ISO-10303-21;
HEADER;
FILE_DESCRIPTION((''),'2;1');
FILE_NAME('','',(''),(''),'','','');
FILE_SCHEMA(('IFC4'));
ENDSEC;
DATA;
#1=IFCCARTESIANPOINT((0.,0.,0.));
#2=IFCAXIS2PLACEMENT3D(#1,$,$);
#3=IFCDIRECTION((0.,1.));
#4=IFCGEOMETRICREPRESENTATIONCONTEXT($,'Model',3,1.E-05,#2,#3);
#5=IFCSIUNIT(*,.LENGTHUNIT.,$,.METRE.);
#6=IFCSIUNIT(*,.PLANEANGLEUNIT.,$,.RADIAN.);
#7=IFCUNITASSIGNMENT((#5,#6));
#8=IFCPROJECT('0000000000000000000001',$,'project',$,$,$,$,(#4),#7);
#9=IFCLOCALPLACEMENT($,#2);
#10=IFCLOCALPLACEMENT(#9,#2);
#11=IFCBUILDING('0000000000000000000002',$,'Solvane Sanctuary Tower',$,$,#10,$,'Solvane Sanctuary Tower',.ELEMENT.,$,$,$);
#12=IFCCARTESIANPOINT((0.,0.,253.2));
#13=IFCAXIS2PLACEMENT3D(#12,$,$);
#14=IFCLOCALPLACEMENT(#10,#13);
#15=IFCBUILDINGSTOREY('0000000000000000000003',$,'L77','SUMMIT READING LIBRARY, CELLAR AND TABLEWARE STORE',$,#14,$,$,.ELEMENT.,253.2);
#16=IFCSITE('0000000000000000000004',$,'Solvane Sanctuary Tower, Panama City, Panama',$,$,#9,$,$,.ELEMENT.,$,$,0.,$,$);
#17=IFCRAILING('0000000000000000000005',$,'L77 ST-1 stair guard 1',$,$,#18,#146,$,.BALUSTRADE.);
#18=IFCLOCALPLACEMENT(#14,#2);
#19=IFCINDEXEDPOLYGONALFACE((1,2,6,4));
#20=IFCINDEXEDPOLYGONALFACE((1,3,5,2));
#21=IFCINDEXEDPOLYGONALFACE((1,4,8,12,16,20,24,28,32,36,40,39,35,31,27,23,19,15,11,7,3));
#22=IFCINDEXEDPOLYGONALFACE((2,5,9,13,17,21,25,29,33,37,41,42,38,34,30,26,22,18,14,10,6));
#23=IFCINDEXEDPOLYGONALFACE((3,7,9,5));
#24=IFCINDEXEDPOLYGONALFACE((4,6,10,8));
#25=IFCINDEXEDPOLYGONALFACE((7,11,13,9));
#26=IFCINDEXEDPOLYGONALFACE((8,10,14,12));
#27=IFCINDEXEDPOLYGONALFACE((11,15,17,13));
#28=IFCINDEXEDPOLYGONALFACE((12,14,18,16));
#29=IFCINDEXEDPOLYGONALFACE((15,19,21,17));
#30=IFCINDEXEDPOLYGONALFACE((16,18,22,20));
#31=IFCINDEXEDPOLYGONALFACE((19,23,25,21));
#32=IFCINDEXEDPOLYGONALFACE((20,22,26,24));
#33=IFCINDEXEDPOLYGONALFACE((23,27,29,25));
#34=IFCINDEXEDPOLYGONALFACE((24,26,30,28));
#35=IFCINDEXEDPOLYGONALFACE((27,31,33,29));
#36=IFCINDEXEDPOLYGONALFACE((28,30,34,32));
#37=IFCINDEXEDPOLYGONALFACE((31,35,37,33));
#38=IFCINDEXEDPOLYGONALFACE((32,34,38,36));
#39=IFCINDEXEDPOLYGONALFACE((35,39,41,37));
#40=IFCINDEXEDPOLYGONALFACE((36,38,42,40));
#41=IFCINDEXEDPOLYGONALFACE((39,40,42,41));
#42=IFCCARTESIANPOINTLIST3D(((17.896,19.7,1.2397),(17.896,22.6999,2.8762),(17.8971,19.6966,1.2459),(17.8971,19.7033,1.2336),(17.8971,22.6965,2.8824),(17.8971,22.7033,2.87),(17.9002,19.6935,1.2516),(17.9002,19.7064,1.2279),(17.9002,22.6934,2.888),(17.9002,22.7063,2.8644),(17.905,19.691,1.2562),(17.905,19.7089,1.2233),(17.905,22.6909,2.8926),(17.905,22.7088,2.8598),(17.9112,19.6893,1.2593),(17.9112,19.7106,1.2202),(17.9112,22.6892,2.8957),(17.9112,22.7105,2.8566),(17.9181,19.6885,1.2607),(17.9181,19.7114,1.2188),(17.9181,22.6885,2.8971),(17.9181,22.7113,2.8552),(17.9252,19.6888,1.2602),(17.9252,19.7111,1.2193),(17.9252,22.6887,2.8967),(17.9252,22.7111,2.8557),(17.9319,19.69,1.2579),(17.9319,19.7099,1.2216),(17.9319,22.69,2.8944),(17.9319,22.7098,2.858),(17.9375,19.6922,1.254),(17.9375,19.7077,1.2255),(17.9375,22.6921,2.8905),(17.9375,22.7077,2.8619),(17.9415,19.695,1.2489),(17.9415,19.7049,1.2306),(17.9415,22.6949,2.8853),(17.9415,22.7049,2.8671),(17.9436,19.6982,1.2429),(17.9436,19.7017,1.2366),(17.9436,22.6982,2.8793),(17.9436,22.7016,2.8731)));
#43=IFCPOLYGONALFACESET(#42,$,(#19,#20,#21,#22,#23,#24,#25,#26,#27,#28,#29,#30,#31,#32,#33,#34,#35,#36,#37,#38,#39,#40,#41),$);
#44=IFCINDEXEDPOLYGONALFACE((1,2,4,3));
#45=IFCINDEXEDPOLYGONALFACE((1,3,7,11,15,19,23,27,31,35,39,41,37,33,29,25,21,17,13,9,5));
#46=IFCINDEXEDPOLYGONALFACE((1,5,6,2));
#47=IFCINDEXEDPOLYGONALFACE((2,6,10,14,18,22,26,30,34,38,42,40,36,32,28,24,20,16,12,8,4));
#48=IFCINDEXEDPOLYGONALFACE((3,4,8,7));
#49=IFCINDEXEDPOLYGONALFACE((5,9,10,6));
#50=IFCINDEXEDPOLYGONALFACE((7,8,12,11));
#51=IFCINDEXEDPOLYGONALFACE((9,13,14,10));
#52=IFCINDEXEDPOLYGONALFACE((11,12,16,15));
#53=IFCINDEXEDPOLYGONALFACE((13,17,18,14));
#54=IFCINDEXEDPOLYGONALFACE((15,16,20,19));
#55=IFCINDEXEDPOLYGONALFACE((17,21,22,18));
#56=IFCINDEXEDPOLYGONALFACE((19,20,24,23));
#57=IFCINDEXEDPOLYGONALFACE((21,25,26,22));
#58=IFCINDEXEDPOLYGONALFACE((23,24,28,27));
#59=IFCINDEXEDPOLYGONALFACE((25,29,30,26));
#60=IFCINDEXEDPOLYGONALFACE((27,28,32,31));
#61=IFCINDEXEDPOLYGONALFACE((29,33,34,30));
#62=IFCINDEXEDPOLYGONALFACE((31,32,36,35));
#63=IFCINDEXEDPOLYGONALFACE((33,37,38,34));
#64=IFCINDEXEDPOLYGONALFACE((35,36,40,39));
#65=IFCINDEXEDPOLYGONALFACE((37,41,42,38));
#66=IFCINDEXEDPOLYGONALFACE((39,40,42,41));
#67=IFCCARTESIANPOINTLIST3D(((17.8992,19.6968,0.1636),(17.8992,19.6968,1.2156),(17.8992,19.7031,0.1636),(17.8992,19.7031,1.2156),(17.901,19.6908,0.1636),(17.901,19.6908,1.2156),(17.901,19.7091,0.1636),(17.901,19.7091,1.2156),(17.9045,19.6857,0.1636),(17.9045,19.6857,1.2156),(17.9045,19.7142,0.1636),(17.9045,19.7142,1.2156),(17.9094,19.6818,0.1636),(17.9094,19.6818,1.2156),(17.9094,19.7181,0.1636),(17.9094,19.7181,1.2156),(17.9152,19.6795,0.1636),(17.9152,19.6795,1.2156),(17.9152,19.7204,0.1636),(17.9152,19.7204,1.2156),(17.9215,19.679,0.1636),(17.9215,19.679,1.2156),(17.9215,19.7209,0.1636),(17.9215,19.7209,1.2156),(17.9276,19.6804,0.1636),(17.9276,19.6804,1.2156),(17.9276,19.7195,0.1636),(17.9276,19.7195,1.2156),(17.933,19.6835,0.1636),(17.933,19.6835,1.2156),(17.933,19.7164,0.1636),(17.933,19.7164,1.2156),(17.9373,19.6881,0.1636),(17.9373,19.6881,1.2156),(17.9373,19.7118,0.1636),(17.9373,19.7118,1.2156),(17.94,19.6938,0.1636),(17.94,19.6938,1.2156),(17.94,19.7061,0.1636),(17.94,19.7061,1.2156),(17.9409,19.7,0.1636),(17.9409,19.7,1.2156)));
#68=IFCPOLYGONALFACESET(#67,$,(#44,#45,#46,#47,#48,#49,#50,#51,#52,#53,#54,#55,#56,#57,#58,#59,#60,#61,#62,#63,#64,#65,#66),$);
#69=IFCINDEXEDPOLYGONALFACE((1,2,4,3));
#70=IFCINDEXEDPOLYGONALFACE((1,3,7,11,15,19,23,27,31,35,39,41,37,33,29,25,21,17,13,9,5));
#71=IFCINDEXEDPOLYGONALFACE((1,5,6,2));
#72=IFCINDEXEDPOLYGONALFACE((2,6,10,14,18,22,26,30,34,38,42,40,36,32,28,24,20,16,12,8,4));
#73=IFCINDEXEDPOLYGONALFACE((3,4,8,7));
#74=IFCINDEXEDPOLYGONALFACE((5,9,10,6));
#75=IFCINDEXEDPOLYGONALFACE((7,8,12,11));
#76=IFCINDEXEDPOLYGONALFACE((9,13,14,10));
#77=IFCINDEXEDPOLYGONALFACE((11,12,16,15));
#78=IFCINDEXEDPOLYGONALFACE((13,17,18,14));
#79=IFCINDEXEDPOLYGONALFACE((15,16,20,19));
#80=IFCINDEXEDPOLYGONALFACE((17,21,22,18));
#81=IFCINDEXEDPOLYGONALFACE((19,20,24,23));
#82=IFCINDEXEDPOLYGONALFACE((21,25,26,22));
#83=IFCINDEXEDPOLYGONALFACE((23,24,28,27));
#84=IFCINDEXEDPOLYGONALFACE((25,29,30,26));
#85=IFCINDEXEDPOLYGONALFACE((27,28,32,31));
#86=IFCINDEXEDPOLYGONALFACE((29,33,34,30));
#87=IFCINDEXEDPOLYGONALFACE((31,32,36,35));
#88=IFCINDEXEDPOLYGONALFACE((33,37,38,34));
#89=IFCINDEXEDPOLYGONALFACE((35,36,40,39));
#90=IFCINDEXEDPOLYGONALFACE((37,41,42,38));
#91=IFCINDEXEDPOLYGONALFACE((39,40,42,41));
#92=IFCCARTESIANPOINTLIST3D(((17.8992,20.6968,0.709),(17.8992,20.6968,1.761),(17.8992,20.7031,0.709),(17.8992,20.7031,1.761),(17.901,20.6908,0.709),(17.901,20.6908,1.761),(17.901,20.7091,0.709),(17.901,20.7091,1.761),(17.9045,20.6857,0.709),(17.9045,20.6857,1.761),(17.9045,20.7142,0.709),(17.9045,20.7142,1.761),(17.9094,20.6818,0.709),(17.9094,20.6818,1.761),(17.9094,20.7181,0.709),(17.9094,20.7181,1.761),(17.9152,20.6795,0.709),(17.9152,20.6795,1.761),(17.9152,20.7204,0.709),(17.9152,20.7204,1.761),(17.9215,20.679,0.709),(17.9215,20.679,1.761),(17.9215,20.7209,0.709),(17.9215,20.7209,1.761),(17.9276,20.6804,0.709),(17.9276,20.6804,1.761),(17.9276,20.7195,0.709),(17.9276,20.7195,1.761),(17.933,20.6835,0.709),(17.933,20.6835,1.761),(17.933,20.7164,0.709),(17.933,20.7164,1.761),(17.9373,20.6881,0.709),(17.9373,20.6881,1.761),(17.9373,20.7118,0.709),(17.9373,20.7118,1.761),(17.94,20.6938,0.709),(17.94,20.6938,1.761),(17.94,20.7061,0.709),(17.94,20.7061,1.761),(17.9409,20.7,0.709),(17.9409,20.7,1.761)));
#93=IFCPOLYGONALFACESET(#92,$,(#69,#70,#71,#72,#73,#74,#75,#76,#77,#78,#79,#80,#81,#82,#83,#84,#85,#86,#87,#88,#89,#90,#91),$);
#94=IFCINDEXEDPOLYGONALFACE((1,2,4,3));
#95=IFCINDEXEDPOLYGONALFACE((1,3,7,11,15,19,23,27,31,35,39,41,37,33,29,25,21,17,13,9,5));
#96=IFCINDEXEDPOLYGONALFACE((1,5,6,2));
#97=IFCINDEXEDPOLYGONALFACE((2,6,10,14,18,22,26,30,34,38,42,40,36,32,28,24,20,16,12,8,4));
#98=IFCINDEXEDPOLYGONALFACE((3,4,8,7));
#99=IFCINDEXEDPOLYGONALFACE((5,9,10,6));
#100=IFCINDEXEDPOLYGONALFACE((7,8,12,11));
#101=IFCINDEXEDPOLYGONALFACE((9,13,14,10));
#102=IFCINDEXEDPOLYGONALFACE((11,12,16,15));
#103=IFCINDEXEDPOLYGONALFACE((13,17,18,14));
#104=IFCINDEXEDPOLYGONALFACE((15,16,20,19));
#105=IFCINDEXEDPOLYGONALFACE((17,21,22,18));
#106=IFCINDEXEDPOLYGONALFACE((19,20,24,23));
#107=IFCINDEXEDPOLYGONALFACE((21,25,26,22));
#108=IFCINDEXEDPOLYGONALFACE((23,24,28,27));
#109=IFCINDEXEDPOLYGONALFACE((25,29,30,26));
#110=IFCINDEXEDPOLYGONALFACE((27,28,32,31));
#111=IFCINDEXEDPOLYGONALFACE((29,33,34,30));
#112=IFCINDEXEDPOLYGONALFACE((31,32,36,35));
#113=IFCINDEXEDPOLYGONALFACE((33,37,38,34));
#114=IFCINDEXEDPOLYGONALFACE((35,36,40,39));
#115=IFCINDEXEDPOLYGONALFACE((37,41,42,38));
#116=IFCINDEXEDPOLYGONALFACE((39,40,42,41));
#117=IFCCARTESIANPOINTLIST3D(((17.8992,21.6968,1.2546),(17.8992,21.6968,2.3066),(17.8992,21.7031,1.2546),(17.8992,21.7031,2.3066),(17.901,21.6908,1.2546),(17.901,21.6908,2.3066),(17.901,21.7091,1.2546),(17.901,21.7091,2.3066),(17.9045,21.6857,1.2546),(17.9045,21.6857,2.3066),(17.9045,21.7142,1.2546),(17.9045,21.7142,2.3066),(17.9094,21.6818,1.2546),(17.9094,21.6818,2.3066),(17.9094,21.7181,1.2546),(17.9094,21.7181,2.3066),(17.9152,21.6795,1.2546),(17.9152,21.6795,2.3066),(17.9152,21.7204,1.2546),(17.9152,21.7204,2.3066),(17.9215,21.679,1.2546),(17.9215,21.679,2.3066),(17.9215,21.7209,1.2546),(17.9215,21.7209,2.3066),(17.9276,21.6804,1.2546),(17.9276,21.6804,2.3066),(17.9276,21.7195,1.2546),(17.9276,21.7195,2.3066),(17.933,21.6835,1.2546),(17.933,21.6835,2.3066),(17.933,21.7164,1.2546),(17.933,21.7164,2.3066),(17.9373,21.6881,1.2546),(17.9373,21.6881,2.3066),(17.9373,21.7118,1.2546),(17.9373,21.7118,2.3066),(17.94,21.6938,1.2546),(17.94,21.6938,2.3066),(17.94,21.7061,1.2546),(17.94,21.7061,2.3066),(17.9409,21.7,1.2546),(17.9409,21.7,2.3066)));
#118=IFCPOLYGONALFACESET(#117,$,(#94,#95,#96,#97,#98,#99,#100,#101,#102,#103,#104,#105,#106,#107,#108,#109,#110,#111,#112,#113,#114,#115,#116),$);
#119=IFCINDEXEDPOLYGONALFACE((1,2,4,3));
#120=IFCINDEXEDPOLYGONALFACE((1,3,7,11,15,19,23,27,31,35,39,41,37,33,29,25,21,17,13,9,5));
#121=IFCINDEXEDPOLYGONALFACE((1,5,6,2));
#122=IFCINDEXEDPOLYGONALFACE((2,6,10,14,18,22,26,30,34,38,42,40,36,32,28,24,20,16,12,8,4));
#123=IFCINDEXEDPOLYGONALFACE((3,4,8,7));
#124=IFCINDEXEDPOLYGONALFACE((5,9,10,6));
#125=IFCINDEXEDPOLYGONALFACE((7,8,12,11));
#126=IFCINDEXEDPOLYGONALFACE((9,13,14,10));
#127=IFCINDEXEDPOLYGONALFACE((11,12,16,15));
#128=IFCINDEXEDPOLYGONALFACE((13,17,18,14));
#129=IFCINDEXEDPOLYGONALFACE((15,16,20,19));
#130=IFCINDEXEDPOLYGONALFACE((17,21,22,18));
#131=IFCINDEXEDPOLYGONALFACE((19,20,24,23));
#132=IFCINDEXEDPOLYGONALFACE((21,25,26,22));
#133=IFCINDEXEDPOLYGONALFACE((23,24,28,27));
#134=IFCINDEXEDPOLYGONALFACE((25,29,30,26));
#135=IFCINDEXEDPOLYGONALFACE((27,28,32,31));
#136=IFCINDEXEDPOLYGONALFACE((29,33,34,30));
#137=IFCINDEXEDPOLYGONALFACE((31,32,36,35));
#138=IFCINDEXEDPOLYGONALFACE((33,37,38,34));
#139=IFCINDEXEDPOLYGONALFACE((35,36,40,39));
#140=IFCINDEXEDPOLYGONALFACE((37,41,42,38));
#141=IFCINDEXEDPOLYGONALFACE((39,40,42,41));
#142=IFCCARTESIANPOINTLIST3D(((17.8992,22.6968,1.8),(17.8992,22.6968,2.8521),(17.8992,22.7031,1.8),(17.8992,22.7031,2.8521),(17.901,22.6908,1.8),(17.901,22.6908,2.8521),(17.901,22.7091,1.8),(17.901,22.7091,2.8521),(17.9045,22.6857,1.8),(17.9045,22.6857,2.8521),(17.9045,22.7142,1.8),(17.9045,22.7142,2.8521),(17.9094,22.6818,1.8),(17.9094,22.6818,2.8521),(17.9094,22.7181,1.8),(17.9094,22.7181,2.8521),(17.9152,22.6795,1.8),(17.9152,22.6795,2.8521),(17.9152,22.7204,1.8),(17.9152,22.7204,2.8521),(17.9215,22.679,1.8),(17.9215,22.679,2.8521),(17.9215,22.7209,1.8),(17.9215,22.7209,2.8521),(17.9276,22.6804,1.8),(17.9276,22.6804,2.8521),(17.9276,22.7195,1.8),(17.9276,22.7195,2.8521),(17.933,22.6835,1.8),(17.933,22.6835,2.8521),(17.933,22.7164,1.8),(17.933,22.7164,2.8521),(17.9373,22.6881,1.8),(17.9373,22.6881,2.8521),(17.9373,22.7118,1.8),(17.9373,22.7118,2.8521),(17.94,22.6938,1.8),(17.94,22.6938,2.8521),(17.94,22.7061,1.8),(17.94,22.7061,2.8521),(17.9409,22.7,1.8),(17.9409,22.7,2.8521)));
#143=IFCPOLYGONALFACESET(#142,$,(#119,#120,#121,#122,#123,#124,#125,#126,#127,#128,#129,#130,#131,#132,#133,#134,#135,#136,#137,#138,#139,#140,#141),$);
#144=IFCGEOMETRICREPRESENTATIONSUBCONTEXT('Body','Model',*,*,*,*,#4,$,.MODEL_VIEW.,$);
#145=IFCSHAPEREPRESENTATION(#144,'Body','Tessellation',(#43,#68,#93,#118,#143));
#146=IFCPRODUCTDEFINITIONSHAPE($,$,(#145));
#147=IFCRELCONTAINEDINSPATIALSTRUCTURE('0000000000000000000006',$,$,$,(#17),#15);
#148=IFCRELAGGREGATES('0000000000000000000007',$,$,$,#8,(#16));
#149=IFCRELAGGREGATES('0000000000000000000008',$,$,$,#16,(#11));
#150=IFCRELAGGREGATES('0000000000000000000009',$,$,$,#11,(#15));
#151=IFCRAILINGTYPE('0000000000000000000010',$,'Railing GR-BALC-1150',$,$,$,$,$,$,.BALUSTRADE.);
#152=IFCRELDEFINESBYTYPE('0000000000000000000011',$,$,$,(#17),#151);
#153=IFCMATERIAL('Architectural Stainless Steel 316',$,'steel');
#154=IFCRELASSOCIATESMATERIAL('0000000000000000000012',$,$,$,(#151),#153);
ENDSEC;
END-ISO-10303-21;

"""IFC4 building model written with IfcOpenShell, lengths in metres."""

from ifc_helpers import new_model, si_unit, direction, frame, origin, origin_2d, place, context, subcontext, project, spatial, circle, extrude, material, type_object, element, save


model = new_model("IFC4")

# Units and contexts
model_context = context("Model", 3, precision=1e-05, world=origin(), true_north=direction((0.0, 1.0)))
body_context = subcontext(model_context, "Body", "Model", "MODEL_VIEW")
ifc_project = project(units=[si_unit("LENGTHUNIT", "METRE"), si_unit("PLANEANGLEUNIT", "RADIAN")], contexts=[model_context])

# Site, building, storey
site_placement = place(None, origin())
site = spatial("IfcSite", under=ifc_project, at=site_placement, Name="Solvane Sanctuary Tower, Panama City, Panama", CompositionType="ELEMENT", RefElevation=0.0)
building_placement = place(site_placement, origin())
building = spatial("IfcBuilding", under=site, at=building_placement, Name="Solvane Sanctuary Tower", LongName="Solvane Sanctuary Tower", CompositionType="ELEMENT")
storey_placement = place(building_placement, frame((0.0, 0.0, 253.2)))
storey = spatial("IfcBuildingStorey", under=building, at=storey_placement, Name="L77", Description="SUMMIT READING LIBRARY, CELLAR AND TABLEWARE STORE", CompositionType="ELEMENT", Elevation=253.2)

# Shared definitions
ifc_material_1 = material(Name="Architectural Stainless Steel 316", Category="steel")

# Railing
railing_type_1 = type_object("IfcRailingType", Name="Railing GR-BALC-1150", PredefinedType="BALUSTRADE", material=ifc_material_1)
railing_1_placement = place(storey_placement, frame((17.9199, 19.7, 0.1636)))
element("IfcRailing", 1, at=railing_1_placement, inside=storey, type_object=railing_type_1, Name="L77 ST-1 stair guard 1", PredefinedType="BALUSTRADE", context=body_context, shape_type="SweptSolid", body=[
    extrude(circle(Radius=0.0239, at=origin_2d()), frame((0.0, 0.0, 1.0762), z_axis=(0.0, 0.877882, 0.478877), x_axis=(-1.0, 0.0, 0.0)), (0.0, 0.0, 1.0), 3.4172),
    extrude(circle(Radius=0.021, at=origin_2d()), origin(), (0.0, 0.0, 1.0), 1.052),
    extrude(circle(Radius=0.021, at=origin_2d()), frame((0.0, 1.0, 0.5454)), (0.0, 0.0, 1.0), 1.052),
    extrude(circle(Radius=0.021, at=origin_2d()), frame((0.0, 2.0, 1.0911)), (0.0, 0.0, 1.0), 1.052),
    extrude(circle(Radius=0.021, at=origin_2d()), frame((0.0, 3.0, 1.6365)), (0.0, 0.0, 1.0), 1.052),
])

save(model, "model.ifc")
